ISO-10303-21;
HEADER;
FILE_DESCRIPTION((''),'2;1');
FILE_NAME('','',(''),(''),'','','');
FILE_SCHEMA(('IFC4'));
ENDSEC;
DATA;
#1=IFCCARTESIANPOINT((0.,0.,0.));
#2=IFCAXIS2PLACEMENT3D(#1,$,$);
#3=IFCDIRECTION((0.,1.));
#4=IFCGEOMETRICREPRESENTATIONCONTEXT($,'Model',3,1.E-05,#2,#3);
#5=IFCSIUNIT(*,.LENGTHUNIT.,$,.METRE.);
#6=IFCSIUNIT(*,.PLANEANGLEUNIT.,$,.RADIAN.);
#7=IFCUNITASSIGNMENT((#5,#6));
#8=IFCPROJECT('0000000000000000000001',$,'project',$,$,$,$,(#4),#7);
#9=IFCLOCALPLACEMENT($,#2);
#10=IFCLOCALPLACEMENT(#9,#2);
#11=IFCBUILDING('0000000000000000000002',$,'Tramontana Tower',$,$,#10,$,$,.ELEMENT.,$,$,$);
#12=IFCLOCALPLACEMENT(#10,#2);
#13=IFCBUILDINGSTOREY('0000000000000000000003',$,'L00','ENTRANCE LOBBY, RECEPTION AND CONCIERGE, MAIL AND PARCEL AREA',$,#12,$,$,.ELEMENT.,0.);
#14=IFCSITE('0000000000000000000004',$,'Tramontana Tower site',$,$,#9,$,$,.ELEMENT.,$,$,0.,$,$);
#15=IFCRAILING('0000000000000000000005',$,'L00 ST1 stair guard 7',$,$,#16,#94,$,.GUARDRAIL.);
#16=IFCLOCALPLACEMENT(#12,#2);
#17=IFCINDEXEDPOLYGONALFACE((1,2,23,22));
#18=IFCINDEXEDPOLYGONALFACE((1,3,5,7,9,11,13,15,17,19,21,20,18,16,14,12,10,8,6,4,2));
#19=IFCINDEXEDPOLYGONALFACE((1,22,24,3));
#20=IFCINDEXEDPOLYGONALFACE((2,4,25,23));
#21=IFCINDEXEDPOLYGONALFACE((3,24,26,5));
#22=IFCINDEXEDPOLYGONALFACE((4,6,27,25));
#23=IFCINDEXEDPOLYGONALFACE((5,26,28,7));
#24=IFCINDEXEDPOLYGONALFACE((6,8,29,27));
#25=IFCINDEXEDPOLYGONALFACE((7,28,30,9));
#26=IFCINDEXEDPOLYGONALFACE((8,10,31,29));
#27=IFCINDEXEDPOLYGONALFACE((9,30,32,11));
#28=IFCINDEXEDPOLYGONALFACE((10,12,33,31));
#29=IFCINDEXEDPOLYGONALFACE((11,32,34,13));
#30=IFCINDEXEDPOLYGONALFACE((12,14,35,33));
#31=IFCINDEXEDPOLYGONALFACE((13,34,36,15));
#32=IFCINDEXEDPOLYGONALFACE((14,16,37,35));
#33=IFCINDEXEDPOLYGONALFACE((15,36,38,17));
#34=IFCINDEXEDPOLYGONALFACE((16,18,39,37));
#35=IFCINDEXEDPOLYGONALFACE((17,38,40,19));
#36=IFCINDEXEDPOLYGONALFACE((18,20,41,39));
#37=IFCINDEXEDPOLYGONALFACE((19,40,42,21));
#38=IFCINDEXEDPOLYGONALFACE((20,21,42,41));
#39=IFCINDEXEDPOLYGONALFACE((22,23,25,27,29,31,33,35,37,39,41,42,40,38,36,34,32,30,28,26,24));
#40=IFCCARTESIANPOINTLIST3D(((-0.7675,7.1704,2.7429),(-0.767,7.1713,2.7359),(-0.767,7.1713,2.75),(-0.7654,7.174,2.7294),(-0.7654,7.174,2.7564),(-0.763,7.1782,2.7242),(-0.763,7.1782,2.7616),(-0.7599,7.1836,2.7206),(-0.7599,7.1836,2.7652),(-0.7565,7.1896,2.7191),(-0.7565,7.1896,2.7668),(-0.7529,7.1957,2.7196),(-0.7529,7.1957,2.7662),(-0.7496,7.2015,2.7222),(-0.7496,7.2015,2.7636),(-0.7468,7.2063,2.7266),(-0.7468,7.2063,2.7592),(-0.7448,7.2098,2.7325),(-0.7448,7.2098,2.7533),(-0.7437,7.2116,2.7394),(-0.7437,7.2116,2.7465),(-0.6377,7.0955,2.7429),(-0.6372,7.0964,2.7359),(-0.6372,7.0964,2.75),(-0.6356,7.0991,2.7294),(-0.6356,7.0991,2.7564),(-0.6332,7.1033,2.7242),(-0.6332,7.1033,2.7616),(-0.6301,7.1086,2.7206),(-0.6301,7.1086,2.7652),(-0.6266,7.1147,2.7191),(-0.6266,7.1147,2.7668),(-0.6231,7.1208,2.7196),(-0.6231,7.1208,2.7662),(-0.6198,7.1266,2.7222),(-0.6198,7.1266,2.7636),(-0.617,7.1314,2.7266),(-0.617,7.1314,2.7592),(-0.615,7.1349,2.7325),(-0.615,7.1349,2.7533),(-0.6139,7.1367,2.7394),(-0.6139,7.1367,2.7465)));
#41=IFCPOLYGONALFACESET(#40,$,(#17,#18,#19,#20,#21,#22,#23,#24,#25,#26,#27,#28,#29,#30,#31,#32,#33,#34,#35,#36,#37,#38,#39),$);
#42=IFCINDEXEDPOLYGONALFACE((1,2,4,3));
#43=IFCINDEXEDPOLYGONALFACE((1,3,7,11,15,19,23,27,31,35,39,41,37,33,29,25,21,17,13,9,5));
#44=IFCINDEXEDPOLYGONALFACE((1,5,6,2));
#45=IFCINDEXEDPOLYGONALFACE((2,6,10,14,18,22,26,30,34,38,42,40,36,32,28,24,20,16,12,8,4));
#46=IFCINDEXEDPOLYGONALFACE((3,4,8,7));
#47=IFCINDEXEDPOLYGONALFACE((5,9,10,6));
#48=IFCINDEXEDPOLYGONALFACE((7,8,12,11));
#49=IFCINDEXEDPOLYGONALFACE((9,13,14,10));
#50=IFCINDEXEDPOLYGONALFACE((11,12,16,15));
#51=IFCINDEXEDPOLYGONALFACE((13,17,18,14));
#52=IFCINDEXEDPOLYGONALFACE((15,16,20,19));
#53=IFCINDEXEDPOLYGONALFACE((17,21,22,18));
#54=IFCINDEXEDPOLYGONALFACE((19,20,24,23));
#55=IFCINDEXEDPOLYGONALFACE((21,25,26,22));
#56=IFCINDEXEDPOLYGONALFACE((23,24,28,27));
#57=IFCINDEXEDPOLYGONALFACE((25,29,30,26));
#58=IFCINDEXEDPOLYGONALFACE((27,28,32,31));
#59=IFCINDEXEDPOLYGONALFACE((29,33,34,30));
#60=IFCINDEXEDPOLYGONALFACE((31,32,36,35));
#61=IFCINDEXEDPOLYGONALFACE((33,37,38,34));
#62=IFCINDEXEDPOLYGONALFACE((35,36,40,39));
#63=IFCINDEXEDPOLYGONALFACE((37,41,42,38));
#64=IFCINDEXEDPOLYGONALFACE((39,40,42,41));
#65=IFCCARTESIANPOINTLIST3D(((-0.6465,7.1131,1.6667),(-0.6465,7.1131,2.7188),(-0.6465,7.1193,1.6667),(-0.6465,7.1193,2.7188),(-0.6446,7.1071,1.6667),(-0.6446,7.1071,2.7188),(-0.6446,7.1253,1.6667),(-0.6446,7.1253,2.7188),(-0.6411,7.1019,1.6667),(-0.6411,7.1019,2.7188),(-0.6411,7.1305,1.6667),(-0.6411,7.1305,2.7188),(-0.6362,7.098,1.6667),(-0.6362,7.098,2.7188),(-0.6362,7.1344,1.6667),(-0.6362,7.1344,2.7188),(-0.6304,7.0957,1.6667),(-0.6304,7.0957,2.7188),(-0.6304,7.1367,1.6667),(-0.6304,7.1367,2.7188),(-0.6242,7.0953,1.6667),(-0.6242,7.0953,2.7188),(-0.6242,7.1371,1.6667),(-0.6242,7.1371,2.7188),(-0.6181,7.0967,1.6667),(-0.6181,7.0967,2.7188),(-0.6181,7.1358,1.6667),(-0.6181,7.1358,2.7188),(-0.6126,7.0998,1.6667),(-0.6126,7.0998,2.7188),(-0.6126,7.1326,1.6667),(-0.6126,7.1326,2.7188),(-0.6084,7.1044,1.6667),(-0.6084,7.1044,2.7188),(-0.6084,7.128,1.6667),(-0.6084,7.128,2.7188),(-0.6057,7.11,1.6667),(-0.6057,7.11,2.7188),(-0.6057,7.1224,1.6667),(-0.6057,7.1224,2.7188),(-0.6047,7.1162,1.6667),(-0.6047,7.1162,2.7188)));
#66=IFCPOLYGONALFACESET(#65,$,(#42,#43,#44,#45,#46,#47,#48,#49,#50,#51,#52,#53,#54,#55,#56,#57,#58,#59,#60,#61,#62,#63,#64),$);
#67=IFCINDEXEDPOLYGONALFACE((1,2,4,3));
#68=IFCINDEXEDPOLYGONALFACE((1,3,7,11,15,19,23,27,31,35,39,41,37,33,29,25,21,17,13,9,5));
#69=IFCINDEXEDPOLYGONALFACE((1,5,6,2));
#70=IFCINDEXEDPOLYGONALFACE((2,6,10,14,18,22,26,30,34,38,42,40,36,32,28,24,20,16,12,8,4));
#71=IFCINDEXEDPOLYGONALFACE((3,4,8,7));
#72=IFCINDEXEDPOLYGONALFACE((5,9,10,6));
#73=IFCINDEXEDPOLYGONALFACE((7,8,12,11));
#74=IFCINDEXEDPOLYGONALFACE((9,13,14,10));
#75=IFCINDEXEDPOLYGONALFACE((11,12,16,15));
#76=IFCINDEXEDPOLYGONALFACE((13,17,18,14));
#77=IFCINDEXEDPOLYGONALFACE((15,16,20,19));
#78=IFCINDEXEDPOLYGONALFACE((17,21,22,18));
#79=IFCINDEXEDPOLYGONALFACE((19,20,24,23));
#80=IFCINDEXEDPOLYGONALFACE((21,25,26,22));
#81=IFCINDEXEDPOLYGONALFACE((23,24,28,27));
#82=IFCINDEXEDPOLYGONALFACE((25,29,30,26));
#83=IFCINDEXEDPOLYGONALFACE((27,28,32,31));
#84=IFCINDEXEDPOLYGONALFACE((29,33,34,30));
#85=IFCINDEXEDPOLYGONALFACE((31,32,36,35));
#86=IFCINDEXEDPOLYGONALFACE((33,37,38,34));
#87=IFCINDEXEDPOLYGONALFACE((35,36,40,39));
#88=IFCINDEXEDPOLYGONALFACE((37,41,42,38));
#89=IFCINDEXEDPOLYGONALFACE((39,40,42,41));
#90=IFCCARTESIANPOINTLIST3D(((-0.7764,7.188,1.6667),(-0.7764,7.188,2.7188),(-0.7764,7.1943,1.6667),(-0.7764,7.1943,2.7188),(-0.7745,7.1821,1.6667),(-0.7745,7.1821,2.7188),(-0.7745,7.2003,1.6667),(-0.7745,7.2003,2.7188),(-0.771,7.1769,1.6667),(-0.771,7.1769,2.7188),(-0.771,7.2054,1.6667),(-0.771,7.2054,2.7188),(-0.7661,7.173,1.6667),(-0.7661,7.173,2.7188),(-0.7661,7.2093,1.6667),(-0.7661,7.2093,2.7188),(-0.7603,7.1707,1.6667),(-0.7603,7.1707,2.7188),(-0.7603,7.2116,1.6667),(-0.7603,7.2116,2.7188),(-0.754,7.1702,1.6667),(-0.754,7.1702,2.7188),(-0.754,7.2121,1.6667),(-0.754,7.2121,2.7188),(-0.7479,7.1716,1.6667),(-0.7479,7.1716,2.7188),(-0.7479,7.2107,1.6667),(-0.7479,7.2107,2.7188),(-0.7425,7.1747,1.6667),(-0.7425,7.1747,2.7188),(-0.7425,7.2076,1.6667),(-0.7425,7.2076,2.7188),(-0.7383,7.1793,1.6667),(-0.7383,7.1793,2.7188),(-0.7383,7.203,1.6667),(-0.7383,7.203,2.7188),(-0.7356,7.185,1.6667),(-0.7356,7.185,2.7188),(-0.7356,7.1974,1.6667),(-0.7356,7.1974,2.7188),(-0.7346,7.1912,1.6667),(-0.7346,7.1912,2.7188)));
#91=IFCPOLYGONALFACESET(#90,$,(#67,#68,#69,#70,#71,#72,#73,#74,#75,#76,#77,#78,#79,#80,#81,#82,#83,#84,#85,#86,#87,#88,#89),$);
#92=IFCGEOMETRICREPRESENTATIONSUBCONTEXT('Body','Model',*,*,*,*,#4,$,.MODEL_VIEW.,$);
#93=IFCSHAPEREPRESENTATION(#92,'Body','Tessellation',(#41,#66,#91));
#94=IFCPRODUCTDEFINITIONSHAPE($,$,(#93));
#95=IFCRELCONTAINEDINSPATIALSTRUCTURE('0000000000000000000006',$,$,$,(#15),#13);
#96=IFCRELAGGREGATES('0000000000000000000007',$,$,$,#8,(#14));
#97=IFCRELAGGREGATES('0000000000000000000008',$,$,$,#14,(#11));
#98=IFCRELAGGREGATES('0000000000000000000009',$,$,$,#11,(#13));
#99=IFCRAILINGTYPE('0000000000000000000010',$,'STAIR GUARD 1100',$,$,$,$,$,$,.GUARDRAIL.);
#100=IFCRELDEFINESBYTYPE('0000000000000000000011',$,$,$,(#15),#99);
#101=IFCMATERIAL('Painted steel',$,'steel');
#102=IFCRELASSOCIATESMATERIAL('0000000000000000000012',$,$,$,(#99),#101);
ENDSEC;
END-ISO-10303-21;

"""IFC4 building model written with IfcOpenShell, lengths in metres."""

from ifc_helpers import new_model, si_unit, direction, frame, origin, origin_2d, place, context, subcontext, project, spatial, circle, extrude, material, type_object, element, save


model = new_model("IFC4")

# Units and contexts
model_context = context("Model", 3, precision=1e-05, world=origin(), true_north=direction((0.0, 1.0)))
body_context = subcontext(model_context, "Body", "Model", "MODEL_VIEW")
ifc_project = project(units=[si_unit("LENGTHUNIT", "METRE"), si_unit("PLANEANGLEUNIT", "RADIAN")], contexts=[model_context])

# Site, building, storey
site_placement = place(None, origin())
site = spatial("IfcSite", under=ifc_project, at=site_placement, Name="Tramontana Tower site", CompositionType="ELEMENT", RefElevation=0.0)
building_placement = place(site_placement, origin())
building = spatial("IfcBuilding", under=site, at=building_placement, Name="Tramontana Tower", CompositionType="ELEMENT")
storey_placement = place(building_placement, origin())
storey = spatial("IfcBuildingStorey", under=building, at=storey_placement, Name="L00", Description="ENTRANCE LOBBY, RECEPTION AND CONCIERGE, MAIL AND PARCEL AREA", CompositionType="ELEMENT", Elevation=0.0)

# Railing
ifc_material_1 = material(Name="Painted steel", Category="steel")
railing_type_1 = type_object("IfcRailingType", Name="STAIR GUARD 1100", PredefinedType="GUARDRAIL", material=ifc_material_1)
railing_placement = place(storey_placement, frame((-0.6257, 7.1162, 1.6667)))
element("IfcRailing", 1, at=railing_placement, inside=storey, type_object=railing_type_1, Name="L00 ST1 stair guard 7", PredefinedType="GUARDRAIL", context=body_context, shape_type="SweptSolid", body=[
    extrude(circle(Radius=0.0239, at=origin_2d()), frame((0.0, 0.0, 1.0762), z_axis=(-0.866131, 0.499816, 0.0), x_axis=(-0.499816, -0.866131, 0.0)), (0.0, 0.0, 1.0), 0.1499),
    extrude(circle(Radius=0.021, at=origin_2d()), origin(), (0.0, 0.0, 1.0), 1.052),
    extrude(circle(Radius=0.021, at=origin_2d()), frame((-0.1299, 0.075, 0.0)), (0.0, 0.0, 1.0), 1.052),
])

save(model, "model.ifc")
